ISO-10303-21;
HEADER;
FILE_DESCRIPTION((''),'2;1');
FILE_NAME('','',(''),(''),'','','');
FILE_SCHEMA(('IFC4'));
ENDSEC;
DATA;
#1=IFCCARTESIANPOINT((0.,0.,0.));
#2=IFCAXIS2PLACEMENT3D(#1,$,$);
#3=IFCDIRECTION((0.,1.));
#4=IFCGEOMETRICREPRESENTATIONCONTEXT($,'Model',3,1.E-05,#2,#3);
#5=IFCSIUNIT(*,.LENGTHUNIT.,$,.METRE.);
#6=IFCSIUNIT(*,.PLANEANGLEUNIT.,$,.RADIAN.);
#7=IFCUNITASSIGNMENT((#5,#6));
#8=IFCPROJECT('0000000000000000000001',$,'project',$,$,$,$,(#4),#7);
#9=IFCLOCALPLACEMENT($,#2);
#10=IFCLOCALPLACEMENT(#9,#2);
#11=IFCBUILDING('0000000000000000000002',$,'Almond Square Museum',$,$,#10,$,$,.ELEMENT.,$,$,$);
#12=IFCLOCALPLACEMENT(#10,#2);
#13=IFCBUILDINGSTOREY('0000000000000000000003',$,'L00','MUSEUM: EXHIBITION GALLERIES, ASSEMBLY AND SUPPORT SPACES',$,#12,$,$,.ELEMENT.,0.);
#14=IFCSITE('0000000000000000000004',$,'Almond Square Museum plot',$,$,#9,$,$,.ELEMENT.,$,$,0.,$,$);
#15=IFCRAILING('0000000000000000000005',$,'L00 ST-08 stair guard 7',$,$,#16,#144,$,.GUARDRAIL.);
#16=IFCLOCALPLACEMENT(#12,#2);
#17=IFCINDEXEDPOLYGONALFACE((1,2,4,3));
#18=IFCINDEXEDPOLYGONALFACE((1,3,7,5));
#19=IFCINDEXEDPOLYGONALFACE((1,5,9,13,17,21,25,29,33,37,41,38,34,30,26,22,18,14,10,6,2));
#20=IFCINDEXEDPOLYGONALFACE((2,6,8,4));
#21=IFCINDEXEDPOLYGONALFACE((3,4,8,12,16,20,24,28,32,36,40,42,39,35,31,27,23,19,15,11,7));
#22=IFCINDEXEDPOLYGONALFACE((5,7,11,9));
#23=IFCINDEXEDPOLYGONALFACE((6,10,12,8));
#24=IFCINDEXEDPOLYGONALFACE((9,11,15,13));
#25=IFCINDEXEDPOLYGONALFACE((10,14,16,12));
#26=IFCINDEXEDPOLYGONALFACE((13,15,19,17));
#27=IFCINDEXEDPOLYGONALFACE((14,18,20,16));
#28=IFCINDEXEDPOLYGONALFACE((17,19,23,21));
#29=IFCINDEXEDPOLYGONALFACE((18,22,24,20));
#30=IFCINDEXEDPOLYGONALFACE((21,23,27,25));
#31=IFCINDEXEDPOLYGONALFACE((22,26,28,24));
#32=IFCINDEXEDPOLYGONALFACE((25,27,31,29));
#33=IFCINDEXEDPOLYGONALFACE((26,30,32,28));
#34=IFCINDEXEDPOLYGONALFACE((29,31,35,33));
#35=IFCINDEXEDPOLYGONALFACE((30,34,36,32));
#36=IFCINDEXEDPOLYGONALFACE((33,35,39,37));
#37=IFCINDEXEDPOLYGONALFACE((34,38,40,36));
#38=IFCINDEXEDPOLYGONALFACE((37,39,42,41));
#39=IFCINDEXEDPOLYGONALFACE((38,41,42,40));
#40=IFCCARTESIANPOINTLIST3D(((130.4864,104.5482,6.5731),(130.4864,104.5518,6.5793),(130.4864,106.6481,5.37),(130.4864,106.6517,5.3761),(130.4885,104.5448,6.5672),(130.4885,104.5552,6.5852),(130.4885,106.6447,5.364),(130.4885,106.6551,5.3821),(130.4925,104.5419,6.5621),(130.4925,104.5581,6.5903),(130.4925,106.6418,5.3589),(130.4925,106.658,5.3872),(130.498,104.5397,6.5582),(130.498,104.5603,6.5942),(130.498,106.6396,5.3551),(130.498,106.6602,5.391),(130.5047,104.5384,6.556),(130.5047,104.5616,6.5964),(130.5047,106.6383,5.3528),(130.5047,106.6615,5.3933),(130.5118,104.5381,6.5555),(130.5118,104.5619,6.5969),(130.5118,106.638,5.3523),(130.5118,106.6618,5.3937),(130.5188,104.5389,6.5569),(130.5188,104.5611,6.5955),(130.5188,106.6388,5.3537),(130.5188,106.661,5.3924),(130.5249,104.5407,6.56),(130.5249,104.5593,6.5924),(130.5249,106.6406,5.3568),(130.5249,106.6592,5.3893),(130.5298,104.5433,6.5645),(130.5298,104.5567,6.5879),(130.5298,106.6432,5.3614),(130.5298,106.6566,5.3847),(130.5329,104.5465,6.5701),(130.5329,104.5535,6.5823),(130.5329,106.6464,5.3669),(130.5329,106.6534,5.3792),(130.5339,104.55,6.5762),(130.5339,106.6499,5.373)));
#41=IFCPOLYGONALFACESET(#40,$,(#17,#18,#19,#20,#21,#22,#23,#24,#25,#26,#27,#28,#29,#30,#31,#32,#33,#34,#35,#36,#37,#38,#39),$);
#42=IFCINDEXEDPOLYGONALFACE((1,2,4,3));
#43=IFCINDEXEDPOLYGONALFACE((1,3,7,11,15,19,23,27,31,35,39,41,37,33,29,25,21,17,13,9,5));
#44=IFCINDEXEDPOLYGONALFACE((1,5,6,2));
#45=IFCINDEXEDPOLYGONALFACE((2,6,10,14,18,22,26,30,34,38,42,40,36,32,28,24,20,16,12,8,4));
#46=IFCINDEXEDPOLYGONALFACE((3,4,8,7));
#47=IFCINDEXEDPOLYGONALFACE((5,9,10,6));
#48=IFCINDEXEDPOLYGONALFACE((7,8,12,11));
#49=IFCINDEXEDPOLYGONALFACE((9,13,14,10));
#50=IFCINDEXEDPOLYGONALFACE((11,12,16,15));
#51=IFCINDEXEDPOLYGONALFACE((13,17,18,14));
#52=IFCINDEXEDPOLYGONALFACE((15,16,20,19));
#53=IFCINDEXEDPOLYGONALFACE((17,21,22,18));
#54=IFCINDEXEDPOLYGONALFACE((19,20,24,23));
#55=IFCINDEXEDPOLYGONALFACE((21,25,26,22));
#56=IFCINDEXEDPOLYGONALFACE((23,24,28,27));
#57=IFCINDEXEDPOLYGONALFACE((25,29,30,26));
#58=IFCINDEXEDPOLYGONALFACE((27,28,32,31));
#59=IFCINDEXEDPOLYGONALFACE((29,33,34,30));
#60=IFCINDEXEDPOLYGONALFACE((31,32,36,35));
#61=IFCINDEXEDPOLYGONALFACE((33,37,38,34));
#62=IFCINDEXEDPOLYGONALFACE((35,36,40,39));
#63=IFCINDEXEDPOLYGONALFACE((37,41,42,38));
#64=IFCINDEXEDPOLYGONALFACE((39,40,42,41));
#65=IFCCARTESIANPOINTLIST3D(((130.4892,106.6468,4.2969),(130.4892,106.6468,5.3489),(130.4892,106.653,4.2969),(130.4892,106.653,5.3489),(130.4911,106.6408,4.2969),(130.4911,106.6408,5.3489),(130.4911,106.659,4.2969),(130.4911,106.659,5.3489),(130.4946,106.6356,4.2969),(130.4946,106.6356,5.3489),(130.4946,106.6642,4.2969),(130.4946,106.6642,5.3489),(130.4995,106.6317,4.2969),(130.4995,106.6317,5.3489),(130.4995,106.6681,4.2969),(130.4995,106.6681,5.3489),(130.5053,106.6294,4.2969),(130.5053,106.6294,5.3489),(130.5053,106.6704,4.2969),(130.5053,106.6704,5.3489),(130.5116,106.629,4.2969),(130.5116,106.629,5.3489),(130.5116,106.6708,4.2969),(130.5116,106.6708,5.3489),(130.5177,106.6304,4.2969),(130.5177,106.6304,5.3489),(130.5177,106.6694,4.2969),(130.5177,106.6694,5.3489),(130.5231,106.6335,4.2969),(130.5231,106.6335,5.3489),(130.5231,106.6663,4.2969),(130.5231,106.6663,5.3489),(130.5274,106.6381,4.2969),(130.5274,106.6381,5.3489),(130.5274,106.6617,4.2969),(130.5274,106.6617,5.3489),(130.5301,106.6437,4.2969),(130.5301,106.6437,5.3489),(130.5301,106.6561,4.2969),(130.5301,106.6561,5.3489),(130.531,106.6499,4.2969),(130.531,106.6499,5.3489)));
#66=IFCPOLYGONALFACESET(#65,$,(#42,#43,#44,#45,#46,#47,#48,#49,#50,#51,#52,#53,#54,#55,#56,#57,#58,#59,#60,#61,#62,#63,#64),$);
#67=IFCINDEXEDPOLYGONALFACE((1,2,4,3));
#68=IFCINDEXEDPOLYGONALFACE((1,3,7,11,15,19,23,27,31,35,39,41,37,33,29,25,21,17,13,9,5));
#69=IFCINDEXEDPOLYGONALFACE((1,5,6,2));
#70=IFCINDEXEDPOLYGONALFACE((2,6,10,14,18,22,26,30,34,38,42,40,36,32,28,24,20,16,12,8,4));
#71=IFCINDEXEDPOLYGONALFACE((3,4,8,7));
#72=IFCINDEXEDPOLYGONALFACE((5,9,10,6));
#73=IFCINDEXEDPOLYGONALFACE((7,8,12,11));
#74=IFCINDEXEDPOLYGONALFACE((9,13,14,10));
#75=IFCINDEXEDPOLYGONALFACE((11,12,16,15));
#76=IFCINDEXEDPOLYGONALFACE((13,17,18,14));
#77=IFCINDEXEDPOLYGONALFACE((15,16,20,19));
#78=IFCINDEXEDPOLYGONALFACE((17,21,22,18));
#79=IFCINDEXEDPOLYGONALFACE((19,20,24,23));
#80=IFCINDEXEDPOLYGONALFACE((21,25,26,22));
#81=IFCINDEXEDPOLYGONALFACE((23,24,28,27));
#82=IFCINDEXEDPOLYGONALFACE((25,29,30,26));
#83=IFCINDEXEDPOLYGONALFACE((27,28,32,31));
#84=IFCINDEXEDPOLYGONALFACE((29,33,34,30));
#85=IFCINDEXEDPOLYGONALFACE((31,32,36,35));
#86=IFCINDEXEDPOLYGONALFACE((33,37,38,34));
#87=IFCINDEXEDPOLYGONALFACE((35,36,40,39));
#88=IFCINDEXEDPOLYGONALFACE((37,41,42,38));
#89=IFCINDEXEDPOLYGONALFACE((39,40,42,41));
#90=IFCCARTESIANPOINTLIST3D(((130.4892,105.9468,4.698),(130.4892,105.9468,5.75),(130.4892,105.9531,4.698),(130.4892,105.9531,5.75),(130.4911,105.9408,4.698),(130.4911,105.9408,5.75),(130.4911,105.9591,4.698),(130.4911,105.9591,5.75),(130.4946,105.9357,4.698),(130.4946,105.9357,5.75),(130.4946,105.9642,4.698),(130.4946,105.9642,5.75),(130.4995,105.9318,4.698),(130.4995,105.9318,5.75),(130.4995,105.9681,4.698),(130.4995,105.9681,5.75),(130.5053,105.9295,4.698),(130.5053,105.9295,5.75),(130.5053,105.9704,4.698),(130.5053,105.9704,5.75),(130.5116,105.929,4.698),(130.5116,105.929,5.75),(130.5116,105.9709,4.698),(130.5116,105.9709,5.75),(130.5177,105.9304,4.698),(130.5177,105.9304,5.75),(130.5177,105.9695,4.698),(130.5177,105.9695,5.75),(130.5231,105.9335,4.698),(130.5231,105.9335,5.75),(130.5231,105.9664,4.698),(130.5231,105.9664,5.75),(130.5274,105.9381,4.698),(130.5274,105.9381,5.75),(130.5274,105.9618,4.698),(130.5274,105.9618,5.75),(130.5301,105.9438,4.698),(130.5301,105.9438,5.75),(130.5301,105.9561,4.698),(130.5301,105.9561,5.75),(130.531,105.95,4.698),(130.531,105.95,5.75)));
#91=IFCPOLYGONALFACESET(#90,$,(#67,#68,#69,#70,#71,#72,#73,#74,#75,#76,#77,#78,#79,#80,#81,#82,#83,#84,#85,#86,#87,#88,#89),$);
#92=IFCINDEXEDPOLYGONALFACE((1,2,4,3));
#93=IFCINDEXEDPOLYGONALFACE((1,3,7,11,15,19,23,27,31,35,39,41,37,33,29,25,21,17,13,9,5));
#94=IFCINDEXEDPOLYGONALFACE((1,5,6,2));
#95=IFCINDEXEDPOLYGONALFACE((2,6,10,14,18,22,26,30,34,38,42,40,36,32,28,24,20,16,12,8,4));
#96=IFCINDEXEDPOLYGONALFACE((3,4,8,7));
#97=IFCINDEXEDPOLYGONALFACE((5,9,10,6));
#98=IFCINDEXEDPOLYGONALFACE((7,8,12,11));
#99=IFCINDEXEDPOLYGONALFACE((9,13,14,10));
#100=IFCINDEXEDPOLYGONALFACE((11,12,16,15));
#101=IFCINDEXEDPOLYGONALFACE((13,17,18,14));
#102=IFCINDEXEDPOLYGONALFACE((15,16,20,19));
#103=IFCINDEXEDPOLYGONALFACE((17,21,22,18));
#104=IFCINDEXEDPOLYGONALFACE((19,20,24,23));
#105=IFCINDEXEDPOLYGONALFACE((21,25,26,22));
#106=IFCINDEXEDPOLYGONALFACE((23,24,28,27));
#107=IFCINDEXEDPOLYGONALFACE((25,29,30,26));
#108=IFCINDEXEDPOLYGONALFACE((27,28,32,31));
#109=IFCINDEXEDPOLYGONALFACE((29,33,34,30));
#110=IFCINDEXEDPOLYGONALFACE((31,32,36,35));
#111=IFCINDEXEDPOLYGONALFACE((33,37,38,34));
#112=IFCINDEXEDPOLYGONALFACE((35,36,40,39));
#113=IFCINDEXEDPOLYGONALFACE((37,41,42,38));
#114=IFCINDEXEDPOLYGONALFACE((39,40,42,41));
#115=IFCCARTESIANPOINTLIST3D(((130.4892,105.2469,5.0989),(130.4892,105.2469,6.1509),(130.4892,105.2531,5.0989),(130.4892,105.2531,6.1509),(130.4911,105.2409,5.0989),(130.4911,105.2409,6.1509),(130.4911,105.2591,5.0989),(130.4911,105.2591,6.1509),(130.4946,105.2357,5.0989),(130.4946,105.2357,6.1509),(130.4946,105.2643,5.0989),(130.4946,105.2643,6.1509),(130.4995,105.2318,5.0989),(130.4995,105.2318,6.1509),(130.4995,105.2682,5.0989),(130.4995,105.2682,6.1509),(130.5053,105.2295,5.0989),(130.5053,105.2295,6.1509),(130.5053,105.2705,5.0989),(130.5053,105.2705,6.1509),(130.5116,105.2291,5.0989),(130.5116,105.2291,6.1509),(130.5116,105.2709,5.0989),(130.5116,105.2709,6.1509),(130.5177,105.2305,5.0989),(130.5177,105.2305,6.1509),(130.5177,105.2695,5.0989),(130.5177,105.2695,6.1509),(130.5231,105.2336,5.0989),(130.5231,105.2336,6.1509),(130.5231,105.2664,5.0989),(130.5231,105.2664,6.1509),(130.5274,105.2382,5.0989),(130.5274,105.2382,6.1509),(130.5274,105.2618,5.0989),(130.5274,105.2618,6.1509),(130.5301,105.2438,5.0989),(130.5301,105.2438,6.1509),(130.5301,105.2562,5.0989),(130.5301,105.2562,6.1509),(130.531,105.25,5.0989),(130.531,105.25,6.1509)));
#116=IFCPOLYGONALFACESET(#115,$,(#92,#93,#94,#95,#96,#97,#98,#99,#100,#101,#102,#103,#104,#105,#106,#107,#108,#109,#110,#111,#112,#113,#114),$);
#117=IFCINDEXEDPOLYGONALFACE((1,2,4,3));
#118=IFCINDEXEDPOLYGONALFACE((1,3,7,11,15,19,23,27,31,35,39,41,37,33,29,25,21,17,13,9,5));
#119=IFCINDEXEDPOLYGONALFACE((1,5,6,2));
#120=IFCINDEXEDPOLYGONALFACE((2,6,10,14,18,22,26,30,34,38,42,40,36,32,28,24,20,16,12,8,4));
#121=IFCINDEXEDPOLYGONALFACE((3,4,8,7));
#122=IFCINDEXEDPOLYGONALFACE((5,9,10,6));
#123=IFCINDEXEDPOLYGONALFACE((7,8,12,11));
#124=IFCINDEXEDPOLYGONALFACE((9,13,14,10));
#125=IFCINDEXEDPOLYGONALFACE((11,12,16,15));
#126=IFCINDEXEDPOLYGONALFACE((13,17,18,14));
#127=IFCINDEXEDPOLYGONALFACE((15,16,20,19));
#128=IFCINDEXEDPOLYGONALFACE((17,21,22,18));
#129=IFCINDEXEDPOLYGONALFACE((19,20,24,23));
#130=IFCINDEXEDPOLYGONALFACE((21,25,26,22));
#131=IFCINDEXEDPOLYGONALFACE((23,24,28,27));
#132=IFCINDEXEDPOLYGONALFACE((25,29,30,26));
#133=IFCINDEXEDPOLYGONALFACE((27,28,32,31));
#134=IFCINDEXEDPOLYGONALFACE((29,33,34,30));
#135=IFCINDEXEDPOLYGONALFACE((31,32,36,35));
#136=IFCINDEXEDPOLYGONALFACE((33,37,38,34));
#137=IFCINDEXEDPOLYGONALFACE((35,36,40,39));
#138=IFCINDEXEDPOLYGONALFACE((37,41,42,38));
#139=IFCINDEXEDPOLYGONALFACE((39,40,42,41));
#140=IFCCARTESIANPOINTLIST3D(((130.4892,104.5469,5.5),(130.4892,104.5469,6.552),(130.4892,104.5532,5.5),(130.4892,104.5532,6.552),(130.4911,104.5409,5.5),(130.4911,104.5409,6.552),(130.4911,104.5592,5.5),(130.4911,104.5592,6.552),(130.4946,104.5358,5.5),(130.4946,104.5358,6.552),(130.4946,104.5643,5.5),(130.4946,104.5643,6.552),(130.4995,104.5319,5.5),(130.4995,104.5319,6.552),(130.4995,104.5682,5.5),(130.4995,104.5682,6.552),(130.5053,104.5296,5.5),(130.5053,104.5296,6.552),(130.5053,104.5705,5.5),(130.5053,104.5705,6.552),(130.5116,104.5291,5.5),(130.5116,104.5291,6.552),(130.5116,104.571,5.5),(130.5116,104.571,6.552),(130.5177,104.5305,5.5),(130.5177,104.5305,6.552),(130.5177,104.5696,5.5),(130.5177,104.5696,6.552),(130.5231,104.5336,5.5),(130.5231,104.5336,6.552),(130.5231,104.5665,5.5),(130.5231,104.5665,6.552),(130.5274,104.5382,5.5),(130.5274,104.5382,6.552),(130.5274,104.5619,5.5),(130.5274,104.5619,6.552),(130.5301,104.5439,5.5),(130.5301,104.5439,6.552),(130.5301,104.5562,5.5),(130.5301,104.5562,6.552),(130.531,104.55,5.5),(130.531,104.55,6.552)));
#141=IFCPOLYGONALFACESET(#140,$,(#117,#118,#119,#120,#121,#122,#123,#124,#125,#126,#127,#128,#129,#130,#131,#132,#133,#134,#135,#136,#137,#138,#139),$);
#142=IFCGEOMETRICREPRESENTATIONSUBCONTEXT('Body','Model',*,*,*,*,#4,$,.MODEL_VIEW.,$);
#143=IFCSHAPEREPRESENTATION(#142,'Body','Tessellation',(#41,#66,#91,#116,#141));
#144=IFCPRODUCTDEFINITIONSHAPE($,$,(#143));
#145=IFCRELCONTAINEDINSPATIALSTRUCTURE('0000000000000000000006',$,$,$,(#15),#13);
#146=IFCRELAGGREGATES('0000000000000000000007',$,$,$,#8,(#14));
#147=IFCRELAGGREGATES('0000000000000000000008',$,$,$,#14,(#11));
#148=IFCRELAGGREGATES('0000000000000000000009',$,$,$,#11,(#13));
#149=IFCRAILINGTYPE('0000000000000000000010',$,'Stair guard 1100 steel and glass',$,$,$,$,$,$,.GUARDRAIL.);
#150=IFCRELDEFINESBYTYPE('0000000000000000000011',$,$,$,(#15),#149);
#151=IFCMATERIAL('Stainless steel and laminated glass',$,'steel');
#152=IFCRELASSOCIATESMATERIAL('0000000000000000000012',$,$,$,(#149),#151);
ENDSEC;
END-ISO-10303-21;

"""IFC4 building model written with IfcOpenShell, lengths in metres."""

from ifc_helpers import new_model, si_unit, direction, frame, origin, origin_2d, place, context, subcontext, project, spatial, circle, extrude, material, type_object, element, save


model = new_model("IFC4")

# Units and contexts
model_context = context("Model", 3, precision=1e-05, world=origin(), true_north=direction((0.0, 1.0)))
body_context = subcontext(model_context, "Body", "Model", "MODEL_VIEW")
ifc_project = project(units=[si_unit("LENGTHUNIT", "METRE"), si_unit("PLANEANGLEUNIT", "RADIAN")], contexts=[model_context])

# Site, building, storey
site_placement = place(None, origin())
site = spatial("IfcSite", under=ifc_project, at=site_placement, Name="Almond Square Museum plot", CompositionType="ELEMENT", RefElevation=0.0)
building_placement = place(site_placement, origin())
building = spatial("IfcBuilding", under=site, at=building_placement, Name="Almond Square Museum", CompositionType="ELEMENT")
storey_placement = place(building_placement, origin())
storey = spatial("IfcBuildingStorey", under=building, at=storey_placement, Name="L00", Description="MUSEUM: EXHIBITION GALLERIES, ASSEMBLY AND SUPPORT SPACES", CompositionType="ELEMENT", Elevation=0.0)

# Railing
ifc_material_1 = material(Name="Stainless steel and laminated glass", Category="steel")
railing_type_1 = type_object("IfcRailingType", Name="Stair guard 1100 steel and glass", PredefinedType="GUARDRAIL", material=ifc_material_1)
railing_1_placement = place(storey_placement, frame((130.51, 106.6499, 4.2969)))
element("IfcRailing", 1, at=railing_1_placement, inside=storey, type_object=railing_type_1, Name="L00 ST-08 stair guard 7", PredefinedType="GUARDRAIL", context=body_context, shape_type="SweptSolid", body=[
    extrude(circle(Radius=0.0239, at=origin_2d()), frame((0.0, 0.0, 1.0762), z_axis=(0.0, -0.867671, 0.497138), x_axis=(1.0, 0.0, 0.0)), (0.0, 0.0, 1.0), 2.4202),
    extrude(circle(Radius=0.021, at=origin_2d()), origin(), (0.0, 0.0, 1.0), 1.052),
    extrude(circle(Radius=0.021, at=origin_2d()), frame((0.0, -0.7, 0.4011)), (0.0, 0.0, 1.0), 1.052),
    extrude(circle(Radius=0.021, at=origin_2d()), frame((0.0, -1.3999, 0.802)), (0.0, 0.0, 1.0), 1.052),
    extrude(circle(Radius=0.021, at=origin_2d()), frame((0.0, -2.0999, 1.2031)), (0.0, 0.0, 1.0), 1.052),
])

save(model, "model.ifc")
